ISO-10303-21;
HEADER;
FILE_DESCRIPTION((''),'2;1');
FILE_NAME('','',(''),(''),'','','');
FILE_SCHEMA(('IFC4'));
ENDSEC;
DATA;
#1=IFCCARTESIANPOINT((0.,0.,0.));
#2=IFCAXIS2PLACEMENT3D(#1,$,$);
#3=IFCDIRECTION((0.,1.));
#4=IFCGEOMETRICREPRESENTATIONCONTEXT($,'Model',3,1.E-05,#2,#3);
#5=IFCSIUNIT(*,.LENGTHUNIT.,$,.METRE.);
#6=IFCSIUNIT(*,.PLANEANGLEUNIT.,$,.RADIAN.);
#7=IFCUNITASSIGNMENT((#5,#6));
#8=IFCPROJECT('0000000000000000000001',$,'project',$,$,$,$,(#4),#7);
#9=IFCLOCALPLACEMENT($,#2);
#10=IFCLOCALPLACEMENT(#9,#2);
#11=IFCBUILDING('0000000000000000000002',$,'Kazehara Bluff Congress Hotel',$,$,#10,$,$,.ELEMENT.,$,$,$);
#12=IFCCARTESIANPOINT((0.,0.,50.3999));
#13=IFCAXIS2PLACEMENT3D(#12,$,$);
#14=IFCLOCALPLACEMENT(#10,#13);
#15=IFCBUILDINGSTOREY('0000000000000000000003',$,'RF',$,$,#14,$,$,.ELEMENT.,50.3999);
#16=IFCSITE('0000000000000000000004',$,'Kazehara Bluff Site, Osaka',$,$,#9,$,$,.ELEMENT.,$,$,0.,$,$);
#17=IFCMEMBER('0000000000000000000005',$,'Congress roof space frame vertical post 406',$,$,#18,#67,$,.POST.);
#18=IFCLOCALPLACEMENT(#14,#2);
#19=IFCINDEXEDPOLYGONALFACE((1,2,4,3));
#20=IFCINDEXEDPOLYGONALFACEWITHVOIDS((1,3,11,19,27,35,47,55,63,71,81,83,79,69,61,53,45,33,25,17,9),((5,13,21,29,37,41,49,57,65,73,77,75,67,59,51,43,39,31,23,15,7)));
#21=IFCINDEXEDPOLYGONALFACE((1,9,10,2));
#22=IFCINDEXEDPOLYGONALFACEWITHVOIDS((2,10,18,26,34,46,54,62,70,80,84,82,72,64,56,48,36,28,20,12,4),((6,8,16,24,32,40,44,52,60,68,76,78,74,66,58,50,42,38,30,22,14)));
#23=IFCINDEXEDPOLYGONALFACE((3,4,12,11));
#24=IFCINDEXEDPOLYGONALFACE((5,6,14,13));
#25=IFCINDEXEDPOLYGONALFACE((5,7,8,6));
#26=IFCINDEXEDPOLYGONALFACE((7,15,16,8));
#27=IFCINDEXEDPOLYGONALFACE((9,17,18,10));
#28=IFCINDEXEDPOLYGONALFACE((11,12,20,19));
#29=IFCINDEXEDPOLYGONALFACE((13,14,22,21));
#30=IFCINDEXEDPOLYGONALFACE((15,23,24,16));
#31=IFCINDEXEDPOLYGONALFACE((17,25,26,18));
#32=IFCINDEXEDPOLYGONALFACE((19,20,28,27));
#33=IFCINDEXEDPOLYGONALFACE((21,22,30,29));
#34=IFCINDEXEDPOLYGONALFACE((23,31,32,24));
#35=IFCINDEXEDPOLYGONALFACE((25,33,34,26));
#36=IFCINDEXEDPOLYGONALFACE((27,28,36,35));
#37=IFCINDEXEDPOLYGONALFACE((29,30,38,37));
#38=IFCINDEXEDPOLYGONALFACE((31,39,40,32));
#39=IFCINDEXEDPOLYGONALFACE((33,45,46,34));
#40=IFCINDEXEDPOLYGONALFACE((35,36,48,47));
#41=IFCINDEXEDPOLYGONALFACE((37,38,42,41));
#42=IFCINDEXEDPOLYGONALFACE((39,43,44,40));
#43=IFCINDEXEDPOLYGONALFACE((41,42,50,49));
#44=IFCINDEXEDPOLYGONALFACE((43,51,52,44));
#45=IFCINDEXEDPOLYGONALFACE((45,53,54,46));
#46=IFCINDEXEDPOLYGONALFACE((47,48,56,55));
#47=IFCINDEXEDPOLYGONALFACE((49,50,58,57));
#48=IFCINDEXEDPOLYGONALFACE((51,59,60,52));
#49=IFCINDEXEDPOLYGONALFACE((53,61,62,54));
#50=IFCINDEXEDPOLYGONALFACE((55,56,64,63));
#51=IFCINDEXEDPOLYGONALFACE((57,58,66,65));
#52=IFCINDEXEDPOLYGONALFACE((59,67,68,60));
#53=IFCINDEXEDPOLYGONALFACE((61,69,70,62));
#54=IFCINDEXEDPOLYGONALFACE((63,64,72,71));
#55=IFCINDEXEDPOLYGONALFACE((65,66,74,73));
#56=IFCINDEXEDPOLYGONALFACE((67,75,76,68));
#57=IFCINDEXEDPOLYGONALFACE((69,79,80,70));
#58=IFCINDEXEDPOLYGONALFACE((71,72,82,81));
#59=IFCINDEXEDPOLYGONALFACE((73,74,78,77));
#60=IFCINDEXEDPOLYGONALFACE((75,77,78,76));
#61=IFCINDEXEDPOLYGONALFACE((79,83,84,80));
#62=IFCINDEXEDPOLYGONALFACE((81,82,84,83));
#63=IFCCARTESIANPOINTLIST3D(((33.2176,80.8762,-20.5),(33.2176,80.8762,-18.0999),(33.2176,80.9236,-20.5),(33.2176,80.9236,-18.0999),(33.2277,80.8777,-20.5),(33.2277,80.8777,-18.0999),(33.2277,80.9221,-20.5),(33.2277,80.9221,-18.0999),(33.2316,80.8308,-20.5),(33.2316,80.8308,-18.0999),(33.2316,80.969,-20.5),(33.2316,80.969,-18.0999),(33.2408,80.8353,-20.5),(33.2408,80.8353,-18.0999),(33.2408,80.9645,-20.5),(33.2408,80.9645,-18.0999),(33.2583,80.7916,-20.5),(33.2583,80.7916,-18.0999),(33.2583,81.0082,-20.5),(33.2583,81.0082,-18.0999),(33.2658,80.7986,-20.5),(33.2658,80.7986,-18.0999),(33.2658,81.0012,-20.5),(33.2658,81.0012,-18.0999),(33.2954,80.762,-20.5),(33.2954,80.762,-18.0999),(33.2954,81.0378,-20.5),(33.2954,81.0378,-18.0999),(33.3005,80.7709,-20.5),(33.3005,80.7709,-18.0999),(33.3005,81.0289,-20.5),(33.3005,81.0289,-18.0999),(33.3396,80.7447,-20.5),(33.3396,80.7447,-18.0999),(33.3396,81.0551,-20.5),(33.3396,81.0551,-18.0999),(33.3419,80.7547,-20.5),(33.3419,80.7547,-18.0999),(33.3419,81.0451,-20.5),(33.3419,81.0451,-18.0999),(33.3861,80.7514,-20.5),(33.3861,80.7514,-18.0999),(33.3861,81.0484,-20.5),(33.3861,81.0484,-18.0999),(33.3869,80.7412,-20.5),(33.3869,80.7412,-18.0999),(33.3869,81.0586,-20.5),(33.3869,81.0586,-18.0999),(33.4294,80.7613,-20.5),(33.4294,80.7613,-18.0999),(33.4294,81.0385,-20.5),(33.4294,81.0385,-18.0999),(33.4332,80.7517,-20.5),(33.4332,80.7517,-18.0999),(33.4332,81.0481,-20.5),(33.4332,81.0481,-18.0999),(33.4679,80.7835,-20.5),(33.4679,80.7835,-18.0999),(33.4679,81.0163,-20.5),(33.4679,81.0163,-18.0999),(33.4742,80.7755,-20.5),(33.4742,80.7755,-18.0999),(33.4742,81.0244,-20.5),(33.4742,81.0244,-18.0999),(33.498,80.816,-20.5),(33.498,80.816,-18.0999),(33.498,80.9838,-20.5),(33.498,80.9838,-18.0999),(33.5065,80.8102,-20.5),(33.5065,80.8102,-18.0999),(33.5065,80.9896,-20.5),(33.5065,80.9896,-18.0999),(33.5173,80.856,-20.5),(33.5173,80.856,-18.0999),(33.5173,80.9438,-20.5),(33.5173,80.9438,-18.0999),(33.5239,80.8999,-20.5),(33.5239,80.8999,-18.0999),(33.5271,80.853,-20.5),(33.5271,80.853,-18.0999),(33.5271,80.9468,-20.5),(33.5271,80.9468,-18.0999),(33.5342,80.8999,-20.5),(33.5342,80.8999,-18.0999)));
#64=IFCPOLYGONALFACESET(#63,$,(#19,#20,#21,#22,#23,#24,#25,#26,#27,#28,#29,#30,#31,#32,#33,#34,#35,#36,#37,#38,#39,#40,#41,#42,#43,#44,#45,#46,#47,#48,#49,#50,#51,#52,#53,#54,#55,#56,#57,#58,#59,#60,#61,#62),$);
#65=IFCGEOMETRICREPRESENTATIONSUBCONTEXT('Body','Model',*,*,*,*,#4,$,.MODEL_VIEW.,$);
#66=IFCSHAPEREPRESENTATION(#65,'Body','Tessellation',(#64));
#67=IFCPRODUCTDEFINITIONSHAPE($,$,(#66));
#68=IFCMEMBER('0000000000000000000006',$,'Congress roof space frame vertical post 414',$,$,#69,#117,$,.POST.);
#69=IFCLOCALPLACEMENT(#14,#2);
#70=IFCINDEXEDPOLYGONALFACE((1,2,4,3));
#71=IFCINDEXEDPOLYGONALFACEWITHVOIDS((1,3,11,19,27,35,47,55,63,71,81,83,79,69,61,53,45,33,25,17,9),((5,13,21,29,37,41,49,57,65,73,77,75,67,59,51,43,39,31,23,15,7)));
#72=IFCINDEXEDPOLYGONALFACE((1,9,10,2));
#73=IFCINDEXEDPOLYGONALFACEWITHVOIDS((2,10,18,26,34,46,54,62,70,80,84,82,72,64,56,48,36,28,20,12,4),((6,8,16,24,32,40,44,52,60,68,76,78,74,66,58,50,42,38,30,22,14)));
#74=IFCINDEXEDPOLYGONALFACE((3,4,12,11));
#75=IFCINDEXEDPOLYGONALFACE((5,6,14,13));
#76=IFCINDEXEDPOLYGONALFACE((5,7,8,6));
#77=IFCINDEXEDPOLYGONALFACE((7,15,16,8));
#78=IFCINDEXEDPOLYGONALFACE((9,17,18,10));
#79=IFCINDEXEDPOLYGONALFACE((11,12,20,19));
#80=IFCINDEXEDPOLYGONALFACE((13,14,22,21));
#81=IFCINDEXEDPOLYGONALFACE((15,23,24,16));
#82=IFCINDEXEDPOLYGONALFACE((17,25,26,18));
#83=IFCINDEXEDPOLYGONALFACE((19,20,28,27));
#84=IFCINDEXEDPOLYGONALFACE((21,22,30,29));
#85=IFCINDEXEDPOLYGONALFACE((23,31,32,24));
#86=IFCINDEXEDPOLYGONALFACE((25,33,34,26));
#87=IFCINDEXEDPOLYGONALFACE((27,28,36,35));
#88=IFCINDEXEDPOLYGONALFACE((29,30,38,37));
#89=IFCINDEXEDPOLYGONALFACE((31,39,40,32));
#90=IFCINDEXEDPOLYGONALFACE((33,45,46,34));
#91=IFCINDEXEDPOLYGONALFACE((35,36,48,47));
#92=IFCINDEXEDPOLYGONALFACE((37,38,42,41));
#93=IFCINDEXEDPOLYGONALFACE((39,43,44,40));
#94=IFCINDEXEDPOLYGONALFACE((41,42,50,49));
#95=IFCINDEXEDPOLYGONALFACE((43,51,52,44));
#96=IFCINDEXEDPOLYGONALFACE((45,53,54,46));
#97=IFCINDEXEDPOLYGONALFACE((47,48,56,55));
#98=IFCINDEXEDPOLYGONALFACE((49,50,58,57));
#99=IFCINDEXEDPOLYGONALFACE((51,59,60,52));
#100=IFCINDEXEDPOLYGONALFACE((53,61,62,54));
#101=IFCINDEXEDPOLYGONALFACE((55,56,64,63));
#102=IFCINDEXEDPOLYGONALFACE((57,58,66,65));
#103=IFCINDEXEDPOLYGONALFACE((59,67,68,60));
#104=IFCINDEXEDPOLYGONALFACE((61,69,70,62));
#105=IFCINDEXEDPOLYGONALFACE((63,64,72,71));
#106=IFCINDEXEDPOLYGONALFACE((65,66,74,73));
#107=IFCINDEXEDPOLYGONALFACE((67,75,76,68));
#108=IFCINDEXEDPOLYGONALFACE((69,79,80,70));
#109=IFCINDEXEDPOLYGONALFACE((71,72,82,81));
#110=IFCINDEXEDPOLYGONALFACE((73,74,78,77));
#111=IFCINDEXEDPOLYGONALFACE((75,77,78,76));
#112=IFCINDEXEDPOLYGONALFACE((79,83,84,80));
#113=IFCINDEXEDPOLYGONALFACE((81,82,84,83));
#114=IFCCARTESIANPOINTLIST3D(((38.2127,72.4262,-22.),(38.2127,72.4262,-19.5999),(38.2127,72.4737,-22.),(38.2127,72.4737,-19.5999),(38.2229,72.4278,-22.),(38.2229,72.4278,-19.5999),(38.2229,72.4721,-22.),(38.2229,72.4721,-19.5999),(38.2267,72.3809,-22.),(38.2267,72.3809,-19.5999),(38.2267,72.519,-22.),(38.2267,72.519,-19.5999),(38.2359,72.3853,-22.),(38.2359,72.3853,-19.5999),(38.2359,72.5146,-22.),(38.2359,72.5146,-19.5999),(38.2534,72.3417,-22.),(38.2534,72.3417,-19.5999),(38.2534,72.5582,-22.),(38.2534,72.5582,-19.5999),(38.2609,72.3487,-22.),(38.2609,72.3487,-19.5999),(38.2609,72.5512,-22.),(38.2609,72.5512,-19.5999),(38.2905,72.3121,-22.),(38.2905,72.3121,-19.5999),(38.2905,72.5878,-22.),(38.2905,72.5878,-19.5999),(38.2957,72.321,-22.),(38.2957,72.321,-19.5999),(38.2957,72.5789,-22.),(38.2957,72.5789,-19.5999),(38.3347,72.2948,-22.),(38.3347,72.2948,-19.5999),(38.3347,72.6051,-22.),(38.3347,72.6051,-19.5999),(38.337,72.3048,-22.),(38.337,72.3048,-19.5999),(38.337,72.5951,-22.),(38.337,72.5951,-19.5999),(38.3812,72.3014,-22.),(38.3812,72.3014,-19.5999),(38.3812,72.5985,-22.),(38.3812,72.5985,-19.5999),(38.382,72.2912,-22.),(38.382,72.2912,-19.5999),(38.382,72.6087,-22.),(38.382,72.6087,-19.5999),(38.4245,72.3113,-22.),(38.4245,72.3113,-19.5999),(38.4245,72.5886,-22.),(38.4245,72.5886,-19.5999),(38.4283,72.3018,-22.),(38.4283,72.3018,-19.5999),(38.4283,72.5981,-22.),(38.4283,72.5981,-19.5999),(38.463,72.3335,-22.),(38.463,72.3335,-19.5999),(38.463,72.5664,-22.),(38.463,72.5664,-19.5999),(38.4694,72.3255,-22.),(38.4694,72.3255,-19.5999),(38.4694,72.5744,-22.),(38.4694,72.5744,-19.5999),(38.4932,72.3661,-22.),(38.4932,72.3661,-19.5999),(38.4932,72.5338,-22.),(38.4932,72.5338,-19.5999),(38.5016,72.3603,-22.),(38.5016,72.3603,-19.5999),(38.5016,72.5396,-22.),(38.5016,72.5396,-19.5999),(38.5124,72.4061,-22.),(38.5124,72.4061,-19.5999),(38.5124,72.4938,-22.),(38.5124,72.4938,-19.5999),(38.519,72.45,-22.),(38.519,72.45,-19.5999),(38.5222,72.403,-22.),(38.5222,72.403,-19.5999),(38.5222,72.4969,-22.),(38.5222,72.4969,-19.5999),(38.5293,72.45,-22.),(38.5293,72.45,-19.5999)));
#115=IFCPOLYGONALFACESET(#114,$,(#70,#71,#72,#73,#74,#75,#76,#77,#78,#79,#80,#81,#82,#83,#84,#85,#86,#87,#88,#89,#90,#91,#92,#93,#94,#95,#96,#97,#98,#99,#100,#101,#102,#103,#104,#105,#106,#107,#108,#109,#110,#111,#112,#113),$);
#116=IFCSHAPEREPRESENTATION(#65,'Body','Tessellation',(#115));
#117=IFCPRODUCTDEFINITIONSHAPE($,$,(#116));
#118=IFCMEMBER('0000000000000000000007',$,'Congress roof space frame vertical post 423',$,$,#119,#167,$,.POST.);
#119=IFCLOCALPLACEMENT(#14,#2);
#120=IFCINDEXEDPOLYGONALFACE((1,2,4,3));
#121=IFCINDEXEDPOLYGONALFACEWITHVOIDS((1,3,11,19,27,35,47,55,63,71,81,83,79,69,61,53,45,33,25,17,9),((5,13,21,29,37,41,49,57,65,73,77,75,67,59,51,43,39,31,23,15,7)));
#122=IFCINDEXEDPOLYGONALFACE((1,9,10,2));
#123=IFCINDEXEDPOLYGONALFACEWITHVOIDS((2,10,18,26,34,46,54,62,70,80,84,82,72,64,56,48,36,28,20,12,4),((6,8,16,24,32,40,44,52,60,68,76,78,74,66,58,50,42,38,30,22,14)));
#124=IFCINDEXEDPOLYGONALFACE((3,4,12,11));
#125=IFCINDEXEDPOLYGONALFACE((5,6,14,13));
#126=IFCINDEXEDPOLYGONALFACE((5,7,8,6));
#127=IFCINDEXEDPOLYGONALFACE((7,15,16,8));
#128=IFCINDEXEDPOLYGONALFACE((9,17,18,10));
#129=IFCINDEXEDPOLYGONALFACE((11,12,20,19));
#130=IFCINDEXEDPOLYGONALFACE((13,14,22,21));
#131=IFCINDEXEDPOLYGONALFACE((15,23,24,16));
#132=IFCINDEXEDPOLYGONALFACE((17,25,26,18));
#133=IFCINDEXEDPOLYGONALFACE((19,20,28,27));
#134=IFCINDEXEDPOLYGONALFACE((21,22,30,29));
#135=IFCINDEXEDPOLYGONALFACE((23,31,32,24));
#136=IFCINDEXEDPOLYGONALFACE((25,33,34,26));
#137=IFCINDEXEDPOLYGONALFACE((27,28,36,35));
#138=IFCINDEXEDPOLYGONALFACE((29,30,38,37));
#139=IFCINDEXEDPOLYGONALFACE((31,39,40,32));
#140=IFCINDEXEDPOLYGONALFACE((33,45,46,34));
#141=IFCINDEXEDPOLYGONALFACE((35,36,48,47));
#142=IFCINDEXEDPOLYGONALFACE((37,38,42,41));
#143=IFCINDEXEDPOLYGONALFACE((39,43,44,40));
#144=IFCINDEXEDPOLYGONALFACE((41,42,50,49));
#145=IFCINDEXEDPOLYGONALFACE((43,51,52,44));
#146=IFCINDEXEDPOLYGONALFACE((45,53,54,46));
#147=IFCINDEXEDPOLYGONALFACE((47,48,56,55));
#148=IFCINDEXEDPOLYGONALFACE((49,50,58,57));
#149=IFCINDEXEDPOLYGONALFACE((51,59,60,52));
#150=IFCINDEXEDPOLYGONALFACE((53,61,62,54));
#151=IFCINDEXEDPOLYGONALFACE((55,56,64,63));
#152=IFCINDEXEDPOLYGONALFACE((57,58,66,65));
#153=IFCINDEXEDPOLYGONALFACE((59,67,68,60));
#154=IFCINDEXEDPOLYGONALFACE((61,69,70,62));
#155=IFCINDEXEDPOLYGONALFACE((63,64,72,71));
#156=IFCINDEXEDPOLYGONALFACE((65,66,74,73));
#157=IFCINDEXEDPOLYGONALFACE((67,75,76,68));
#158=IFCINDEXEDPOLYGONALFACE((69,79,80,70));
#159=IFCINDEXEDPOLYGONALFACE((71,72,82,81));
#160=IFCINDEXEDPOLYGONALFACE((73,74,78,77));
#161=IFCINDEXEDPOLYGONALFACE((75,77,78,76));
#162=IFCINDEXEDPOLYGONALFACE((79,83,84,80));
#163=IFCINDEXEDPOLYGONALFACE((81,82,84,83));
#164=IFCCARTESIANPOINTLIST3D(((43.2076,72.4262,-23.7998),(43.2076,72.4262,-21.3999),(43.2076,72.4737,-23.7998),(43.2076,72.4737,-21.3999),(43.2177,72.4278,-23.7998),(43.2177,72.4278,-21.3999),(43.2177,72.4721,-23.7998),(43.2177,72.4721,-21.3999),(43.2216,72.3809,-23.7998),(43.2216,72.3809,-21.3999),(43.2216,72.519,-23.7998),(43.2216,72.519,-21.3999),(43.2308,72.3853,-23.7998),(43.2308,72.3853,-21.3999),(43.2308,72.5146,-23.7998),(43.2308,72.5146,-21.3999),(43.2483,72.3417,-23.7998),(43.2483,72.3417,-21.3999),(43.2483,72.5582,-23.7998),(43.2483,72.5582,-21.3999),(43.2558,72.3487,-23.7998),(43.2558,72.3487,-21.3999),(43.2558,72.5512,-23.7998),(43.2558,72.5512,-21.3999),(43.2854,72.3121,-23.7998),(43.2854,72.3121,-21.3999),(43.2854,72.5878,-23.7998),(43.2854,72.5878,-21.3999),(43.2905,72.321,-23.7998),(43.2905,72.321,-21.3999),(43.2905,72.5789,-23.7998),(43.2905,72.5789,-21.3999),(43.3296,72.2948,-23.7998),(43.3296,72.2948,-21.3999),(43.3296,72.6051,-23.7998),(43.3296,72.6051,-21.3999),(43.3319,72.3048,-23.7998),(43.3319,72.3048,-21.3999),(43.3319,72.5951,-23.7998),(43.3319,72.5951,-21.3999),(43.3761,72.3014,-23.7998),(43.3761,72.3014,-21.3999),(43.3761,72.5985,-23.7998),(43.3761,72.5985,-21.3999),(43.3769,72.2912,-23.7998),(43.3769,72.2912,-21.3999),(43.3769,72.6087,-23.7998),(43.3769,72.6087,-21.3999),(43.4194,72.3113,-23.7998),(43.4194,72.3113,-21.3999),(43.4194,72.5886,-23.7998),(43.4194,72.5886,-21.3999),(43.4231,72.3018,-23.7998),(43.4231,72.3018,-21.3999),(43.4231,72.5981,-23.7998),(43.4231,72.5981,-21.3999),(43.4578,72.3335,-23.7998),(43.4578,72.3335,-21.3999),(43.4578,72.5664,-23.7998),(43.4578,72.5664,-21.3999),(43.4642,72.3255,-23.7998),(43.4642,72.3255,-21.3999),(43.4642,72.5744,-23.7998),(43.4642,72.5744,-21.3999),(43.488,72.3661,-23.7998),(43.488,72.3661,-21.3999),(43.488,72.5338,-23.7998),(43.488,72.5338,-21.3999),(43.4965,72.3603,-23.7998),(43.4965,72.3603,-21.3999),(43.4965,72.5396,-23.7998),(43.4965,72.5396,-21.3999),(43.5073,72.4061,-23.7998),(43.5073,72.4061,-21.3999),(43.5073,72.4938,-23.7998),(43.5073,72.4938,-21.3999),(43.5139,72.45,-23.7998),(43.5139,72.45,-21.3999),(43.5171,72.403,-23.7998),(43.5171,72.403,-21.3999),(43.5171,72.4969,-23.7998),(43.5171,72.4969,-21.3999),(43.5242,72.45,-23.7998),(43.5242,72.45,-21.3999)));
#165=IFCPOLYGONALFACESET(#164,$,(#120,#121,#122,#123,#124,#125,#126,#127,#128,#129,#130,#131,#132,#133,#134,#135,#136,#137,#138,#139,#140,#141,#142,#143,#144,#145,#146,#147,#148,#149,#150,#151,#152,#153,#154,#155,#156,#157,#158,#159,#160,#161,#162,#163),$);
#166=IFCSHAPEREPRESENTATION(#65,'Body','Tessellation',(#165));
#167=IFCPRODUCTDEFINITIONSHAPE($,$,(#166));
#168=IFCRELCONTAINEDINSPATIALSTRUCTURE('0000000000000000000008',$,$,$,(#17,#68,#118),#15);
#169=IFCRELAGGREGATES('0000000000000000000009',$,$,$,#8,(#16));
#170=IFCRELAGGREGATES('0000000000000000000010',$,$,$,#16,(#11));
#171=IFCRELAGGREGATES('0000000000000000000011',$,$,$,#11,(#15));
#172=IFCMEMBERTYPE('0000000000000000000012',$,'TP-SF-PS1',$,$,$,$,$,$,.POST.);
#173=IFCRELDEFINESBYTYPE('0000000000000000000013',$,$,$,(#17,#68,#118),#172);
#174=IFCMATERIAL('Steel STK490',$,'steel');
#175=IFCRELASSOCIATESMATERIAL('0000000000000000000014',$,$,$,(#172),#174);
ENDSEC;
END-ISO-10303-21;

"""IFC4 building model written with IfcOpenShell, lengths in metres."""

from ifc_helpers import new_model, si_unit, direction, frame, origin, origin_2d, place, context, subcontext, project, spatial, hollow_circle, extrude, material, material_profile, profile_set, type_object, element, save


model = new_model("IFC4")

# Units and contexts
model_context = context("Model", 3, precision=1e-05, world=origin(), true_north=direction((0.0, 1.0)))
body_context = subcontext(model_context, "Body", "Model", "MODEL_VIEW")
ifc_project = project(units=[si_unit("LENGTHUNIT", "METRE"), si_unit("PLANEANGLEUNIT", "RADIAN")], contexts=[model_context])

# Site, building, storey
site_placement = place(None, origin())
site = spatial("IfcSite", under=ifc_project, at=site_placement, Name="Kazehara Bluff Site, Osaka", CompositionType="ELEMENT", RefElevation=0.0)
building_placement = place(site_placement, origin())
building = spatial("IfcBuilding", under=site, at=building_placement, Name="Kazehara Bluff Congress Hotel", CompositionType="ELEMENT")
storey_placement = place(building_placement, frame((0.0, 0.0, 50.3999)))
storey = spatial("IfcBuildingStorey", under=building, at=storey_placement, Name="RF", CompositionType="ELEMENT", Elevation=50.3999)

# Members
ifc_material_1 = material(Name="Steel STK490", Category="steel")
ifc_material_profile_1 = material_profile(ifc_material_1, hollow_circle(Radius=0.1592, WallThickness=0.0103, at=origin_2d()))
ifc_profile_set_1 = profile_set([ifc_material_profile_1], Name="Steel STK490")
member_type_1 = type_object("IfcMemberType", Name="TP-SF-PS1", PredefinedType="POST", material=ifc_profile_set_1)
for number, where, z_axis, x_axis, name in (
    (1, (33.375, 80.8999, -20.5), (0.0, 0.0, 1.0), (1.0, 0.0, 0.0), "Congress roof space frame vertical post 406"),
    (2, (38.3701, 72.45, -22.0), (0.0, 0.0, 1.0), (1.0, 0.0, 0.0), "Congress roof space frame vertical post 414"),
):
    element("IfcMember", number, at=place(storey_placement, frame(where, z_axis=z_axis, x_axis=x_axis)), inside=storey, type_object=member_type_1, Name=name, PredefinedType="POST", context=body_context, shape_type="SweptSolid", body=[
        extrude(hollow_circle(Radius=0.1592, WallThickness=0.0103, at=origin_2d()), origin(), (0.0, 0.0, 1.0), 2.4001),
    ])
member_1_placement = place(storey_placement, frame((43.365, 72.45, -23.7998), z_axis=(0.0, 0.0, 1.0), x_axis=(1.0, 0.0, 0.0)))
element("IfcMember", 3, at=member_1_placement, inside=storey, type_object=member_type_1, Name="Congress roof space frame vertical post 423", PredefinedType="POST", context=body_context, shape_type="SweptSolid", body=[
    extrude(hollow_circle(Radius=0.1592, WallThickness=0.0103, at=origin_2d()), origin(), (0.0, 0.0, 1.0), 2.3999),
])

save(model, "model.ifc")
